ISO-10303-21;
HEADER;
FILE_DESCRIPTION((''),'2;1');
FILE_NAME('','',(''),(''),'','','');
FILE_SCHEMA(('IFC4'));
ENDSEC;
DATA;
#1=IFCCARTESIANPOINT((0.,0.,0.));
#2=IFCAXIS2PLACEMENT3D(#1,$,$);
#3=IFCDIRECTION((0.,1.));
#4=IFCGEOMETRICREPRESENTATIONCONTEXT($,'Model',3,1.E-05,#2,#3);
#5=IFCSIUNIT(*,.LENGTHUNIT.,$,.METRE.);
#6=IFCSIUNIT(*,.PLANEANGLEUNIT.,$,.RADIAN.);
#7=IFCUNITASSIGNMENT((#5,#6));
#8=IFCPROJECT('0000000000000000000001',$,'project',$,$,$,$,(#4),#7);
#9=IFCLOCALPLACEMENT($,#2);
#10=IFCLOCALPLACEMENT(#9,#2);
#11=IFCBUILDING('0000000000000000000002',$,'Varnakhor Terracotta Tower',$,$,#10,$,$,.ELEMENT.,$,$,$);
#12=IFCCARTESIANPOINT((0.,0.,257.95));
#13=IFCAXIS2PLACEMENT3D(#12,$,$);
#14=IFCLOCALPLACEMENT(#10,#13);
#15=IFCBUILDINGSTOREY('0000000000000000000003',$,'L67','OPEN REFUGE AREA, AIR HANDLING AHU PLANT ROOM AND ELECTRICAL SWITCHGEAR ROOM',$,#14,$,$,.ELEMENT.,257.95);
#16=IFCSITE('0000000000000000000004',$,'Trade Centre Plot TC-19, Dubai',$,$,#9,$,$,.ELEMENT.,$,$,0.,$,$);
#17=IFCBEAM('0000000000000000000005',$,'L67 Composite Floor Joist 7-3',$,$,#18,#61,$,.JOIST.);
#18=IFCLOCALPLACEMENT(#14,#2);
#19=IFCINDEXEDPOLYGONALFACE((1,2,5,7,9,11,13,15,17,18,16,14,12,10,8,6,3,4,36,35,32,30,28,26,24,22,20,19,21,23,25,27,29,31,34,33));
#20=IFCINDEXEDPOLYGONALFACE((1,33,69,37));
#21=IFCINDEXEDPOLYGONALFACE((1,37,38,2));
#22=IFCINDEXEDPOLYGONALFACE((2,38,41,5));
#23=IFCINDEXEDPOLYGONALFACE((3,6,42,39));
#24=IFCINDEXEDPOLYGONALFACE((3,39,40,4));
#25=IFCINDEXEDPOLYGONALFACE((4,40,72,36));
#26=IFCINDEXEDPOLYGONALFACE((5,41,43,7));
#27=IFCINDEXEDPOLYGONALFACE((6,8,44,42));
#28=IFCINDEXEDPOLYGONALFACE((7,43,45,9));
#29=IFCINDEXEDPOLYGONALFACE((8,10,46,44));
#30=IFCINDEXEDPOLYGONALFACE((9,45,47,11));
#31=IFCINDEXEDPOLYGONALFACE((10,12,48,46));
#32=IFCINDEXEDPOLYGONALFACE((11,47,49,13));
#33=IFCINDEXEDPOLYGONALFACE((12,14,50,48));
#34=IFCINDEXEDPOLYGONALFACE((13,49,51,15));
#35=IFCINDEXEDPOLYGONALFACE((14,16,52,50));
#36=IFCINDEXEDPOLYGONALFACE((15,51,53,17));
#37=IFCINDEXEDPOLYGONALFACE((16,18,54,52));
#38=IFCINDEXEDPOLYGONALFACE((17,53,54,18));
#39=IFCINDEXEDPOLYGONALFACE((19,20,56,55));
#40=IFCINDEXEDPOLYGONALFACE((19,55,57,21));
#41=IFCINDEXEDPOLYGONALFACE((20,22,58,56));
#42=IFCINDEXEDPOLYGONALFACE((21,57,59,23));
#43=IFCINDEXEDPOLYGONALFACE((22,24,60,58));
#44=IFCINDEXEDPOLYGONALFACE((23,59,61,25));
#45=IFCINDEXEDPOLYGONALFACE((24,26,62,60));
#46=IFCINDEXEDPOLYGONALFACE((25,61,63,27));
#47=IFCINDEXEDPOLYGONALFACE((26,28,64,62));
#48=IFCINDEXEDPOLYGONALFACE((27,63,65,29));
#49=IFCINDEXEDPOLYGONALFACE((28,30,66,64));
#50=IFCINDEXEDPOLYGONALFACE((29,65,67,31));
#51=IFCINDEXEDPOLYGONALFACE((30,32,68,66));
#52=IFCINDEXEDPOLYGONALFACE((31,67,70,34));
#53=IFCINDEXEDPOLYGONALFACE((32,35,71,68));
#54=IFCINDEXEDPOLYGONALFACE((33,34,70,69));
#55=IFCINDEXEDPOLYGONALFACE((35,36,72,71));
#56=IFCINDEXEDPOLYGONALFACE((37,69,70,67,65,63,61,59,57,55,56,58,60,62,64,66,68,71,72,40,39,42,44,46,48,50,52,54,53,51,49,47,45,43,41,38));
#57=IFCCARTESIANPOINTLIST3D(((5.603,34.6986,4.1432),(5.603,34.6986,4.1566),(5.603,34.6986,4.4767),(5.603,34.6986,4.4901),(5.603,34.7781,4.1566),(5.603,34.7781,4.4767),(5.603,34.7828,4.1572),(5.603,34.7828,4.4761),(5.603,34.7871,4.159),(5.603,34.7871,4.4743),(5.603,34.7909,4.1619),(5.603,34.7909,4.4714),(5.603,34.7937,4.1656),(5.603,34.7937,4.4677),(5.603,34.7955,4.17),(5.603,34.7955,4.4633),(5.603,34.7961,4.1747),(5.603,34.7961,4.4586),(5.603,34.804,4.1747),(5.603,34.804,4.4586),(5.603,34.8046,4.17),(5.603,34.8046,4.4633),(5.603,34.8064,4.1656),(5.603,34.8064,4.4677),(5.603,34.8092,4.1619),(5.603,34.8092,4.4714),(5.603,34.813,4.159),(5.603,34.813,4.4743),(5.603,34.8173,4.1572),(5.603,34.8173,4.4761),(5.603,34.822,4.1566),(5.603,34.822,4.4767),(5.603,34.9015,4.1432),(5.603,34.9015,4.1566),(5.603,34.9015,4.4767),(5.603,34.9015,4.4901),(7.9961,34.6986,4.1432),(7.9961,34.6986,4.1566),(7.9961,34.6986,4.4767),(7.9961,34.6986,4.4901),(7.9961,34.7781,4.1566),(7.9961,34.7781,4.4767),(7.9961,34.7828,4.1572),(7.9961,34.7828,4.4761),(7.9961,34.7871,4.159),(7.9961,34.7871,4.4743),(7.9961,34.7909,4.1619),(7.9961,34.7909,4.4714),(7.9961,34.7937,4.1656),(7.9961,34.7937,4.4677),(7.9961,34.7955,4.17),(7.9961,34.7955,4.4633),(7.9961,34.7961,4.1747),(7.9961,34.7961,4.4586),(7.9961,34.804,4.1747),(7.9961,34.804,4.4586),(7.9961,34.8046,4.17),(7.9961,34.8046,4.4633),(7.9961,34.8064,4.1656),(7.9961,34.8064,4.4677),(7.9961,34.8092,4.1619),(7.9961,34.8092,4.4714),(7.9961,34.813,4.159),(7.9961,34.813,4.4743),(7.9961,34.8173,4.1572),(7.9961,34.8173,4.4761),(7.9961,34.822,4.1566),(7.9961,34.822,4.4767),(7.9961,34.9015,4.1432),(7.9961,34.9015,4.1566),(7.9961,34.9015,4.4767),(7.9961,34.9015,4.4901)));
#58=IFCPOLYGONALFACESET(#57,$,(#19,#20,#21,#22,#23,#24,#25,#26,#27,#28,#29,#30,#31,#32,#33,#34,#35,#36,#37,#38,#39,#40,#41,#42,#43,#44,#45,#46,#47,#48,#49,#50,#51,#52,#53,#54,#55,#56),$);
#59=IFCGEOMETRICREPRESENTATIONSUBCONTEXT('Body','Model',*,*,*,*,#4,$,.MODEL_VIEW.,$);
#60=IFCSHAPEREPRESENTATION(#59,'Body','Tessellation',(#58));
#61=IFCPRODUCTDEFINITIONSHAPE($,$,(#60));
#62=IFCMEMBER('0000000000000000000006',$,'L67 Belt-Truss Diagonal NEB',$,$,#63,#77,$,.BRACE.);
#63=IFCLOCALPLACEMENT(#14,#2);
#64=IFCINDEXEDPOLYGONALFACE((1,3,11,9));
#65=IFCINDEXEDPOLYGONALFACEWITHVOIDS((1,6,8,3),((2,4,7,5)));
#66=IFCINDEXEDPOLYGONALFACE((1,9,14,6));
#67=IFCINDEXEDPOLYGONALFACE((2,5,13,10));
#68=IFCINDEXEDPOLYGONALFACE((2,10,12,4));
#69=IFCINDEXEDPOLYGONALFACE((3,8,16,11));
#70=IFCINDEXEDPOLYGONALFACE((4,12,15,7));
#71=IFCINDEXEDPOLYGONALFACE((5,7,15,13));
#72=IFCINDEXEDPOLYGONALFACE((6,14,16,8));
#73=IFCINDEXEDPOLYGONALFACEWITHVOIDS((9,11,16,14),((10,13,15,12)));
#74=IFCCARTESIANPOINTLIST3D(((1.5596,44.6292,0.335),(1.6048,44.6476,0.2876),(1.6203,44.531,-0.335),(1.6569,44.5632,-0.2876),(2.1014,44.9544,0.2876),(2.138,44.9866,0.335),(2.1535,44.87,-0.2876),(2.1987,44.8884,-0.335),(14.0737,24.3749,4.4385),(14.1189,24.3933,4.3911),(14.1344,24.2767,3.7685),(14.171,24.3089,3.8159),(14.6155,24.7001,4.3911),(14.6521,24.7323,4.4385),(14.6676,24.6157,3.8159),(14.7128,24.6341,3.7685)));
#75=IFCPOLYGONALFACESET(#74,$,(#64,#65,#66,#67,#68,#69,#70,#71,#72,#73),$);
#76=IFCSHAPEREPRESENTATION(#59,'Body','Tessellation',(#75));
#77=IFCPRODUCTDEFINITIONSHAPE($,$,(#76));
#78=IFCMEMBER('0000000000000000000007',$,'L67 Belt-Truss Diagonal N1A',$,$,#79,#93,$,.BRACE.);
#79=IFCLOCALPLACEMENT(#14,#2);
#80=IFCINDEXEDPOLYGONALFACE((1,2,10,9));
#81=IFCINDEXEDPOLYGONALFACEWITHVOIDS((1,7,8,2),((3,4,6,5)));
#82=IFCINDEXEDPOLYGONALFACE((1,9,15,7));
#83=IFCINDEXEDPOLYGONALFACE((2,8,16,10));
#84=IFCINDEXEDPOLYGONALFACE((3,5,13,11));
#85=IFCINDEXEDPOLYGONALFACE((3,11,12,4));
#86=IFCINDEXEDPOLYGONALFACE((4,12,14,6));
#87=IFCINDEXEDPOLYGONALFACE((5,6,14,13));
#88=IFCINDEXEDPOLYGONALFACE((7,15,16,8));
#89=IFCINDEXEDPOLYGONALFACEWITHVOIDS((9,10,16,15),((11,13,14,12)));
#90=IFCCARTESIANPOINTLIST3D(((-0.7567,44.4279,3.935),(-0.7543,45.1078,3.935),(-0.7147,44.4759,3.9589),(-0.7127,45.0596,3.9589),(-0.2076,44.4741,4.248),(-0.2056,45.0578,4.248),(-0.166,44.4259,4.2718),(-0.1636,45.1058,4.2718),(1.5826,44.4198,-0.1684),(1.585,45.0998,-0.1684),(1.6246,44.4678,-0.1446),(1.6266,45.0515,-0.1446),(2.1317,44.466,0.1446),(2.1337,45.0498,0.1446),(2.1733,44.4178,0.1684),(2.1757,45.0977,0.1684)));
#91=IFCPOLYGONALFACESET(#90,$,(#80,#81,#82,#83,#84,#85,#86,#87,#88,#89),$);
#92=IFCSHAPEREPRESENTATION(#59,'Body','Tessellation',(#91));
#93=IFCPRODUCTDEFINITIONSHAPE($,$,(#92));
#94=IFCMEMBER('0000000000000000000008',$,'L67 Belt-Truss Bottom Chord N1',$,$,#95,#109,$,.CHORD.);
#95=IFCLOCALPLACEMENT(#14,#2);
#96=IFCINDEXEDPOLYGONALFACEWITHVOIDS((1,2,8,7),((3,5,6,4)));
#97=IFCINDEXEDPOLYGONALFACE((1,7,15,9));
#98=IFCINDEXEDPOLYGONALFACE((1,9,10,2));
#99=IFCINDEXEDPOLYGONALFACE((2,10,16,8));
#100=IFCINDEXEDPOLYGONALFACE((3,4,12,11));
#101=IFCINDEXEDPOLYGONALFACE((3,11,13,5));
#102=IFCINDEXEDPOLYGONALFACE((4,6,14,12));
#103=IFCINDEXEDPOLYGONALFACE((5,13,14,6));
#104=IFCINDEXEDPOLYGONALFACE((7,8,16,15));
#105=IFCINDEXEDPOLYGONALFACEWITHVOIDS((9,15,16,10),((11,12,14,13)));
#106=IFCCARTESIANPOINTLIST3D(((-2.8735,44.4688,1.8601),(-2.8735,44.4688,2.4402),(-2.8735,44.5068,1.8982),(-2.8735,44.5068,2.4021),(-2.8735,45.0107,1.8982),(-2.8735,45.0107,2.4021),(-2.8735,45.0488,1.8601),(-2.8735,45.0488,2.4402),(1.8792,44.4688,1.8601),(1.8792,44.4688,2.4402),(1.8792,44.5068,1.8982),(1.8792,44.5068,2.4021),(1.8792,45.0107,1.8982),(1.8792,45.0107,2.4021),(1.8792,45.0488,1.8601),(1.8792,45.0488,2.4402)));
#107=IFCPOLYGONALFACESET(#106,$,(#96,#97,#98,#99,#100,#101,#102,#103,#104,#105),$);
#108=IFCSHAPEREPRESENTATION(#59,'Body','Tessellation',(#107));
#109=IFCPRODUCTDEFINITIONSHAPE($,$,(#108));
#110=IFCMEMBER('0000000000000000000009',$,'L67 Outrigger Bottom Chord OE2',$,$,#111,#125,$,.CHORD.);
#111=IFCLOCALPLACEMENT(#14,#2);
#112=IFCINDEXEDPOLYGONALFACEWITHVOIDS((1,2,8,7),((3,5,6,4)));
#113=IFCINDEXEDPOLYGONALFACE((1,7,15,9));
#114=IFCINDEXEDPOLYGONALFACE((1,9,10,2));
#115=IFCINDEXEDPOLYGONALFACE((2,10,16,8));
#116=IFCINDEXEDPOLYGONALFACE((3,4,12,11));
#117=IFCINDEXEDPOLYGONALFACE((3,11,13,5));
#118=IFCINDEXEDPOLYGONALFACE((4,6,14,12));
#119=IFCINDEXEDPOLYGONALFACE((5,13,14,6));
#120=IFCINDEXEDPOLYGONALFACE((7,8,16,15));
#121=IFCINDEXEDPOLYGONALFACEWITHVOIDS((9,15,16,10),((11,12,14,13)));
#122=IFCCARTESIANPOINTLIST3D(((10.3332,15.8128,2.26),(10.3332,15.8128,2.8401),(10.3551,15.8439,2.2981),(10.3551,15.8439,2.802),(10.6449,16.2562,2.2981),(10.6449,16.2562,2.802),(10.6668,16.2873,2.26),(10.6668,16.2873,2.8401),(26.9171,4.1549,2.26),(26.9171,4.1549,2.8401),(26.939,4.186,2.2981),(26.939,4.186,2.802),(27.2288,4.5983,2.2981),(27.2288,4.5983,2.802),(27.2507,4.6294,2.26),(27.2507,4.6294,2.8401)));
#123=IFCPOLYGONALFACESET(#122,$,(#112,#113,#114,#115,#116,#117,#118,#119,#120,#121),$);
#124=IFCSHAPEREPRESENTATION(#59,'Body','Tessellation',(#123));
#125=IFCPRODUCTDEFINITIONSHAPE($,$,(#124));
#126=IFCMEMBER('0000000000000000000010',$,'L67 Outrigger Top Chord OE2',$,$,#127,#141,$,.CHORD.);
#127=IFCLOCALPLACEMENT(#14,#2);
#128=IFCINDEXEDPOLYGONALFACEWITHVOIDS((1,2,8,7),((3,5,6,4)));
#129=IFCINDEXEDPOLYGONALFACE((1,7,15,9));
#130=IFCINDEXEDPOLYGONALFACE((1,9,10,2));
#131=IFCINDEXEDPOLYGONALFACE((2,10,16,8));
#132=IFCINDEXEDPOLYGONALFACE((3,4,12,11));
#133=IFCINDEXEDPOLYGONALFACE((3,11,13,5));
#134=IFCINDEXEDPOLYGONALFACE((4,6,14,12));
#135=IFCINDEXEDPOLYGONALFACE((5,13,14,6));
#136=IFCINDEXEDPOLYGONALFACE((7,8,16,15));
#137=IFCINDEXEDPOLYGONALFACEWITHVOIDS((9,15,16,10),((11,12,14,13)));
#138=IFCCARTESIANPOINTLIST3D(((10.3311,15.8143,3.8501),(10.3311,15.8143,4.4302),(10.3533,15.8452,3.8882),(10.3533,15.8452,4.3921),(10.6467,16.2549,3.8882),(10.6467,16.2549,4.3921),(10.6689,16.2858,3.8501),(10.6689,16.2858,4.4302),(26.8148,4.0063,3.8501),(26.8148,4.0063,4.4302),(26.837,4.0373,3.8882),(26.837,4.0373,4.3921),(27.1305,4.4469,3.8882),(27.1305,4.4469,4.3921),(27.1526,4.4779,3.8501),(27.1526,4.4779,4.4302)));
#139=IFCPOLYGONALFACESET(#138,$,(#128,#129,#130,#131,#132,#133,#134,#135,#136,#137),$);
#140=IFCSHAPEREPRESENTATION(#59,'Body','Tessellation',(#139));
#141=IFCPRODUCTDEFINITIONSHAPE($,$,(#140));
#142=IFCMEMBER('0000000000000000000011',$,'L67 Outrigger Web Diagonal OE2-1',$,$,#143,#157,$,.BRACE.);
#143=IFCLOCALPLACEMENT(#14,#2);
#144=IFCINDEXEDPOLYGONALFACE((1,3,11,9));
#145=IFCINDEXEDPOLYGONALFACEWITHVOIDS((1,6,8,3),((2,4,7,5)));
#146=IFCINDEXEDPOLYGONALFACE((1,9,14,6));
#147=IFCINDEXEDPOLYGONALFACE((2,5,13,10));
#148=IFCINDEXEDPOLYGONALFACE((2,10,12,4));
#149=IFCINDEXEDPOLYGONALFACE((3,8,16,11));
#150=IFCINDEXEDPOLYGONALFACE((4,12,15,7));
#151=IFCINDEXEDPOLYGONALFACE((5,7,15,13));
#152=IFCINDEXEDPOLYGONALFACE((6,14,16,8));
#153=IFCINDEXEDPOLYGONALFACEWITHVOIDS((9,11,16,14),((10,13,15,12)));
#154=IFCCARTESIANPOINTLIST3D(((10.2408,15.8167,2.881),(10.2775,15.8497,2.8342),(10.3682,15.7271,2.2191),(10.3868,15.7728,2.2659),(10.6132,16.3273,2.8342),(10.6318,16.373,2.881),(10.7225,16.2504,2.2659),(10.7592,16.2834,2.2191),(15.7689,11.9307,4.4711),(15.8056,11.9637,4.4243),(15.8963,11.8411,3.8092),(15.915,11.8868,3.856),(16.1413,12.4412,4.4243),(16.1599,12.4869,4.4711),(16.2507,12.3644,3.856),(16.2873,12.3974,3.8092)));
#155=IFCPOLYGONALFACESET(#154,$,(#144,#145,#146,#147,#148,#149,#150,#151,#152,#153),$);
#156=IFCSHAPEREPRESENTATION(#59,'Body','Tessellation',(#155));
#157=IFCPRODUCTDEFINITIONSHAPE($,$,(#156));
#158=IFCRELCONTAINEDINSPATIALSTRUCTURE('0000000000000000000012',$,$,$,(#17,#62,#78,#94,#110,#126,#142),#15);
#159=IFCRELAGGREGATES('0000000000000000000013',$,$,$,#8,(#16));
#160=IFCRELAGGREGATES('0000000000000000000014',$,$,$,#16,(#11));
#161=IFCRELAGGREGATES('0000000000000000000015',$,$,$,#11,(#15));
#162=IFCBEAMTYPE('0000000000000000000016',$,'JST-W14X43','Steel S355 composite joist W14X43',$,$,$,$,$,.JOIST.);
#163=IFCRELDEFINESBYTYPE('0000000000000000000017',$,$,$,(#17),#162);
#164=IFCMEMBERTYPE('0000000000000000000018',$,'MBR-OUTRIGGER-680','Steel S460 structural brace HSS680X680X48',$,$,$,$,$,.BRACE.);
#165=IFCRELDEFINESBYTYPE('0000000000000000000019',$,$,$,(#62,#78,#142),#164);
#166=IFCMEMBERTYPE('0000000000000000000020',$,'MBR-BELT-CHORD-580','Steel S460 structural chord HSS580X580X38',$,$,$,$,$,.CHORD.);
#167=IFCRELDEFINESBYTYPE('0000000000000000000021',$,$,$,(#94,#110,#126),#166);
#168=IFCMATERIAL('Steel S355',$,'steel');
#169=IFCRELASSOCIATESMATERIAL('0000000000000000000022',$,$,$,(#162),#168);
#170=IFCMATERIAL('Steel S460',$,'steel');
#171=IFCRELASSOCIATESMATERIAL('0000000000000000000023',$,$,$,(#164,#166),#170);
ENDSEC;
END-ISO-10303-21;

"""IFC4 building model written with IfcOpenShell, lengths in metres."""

from ifc_helpers import new_model, si_unit, direction, frame, origin, origin_2d, place, context, subcontext, project, spatial, hollow_rectangle, i_section, extrude, source, transform, mapped, material, material_profile, profile_set, type_object, element, save


model = new_model("IFC4")

# Units and contexts
model_context = context("Model", 3, precision=1e-05, world=origin(), true_north=direction((0.0, 1.0)))
body_context = subcontext(model_context, "Body", "Model", "MODEL_VIEW")
ifc_project = project(units=[si_unit("LENGTHUNIT", "METRE"), si_unit("PLANEANGLEUNIT", "RADIAN")], contexts=[model_context])

# Site, building, storey
site_placement = place(None, origin())
site = spatial("IfcSite", under=ifc_project, at=site_placement, Name="Trade Centre Plot TC-19, Dubai", CompositionType="ELEMENT", RefElevation=0.0)
building_placement = place(site_placement, origin())
building = spatial("IfcBuilding", under=site, at=building_placement, Name="Varnakhor Terracotta Tower", CompositionType="ELEMENT")
storey_placement = place(building_placement, frame((0.0, 0.0, 257.95)))
storey = spatial("IfcBuildingStorey", under=building, at=storey_placement, Name="L67", Description="OPEN REFUGE AREA, AIR HANDLING AHU PLANT ROOM AND ELECTRICAL SWITCHGEAR ROOM", CompositionType="ELEMENT", Elevation=257.95)

# Shared definitions
ifc_material_1 = material(Name="Steel S460", Category="steel")

# Beam
ifc_material_2 = material(Name="Steel S355", Category="steel")
ifc_material_profile_1 = material_profile(ifc_material_2, i_section(OverallWidth=0.2029, OverallDepth=0.3469, WebThickness=0.0078, FlangeThickness=0.0134, FilletRadius=0.0181, at=origin_2d()), Name="W14X43")
ifc_profile_set_1 = profile_set([ifc_material_profile_1], Name="Steel S355")
beam_type_1 = type_object("IfcBeamType", Name="JST-W14X43", Description="Steel S355 composite joist W14X43", PredefinedType="JOIST", material=ifc_profile_set_1)
shared_shape_1 = source(origin(), body_context, "Body", "SweptSolid", [
    extrude(i_section(OverallWidth=0.2029, OverallDepth=0.3469, WebThickness=0.0078, FlangeThickness=0.0134, FilletRadius=0.0181, at=origin_2d()), origin(), (0.0, 0.0, 1.0), 2.3931),
])
beam_1_placement = place(storey_placement, frame((5.603, 34.8, 4.3167), z_axis=(1.0, 0.0, 0.0), x_axis=(0.0, 1.0, 0.0)))
element("IfcBeam", 1, at=beam_1_placement, inside=storey, type_object=beam_type_1, Name="L67 Composite Floor Joist 7-3", PredefinedType="JOIST", context=body_context, shape_type="MappedRepresentation", body=[
    mapped(shared_shape_1, transform((0.0, 0.0, 0.0), scale=1.0)),
])

# Members
ifc_material_profile_2 = material_profile(ifc_material_1, hollow_rectangle(XDim=0.6799, YDim=0.6799, WallThickness=0.0481, at=origin_2d()), Name="HSS680X680X48")
ifc_profile_set_2 = profile_set([ifc_material_profile_2], Name="Steel S460")
member_type_1 = type_object("IfcMemberType", Name="MBR-OUTRIGGER-680", Description="Steel S460 structural brace HSS680X680X48", PredefinedType="BRACE", material=ifc_profile_set_2)
shared_shape_2 = source(origin(), body_context, "Body", "SweptSolid", [
    extrude(hollow_rectangle(XDim=0.6799, YDim=0.6799, WallThickness=0.0481, at=origin_2d()), origin(), (0.0, 0.0, 1.0), 24.1594),
])
member_1_placement = place(storey_placement, frame((1.8792, 44.7588, 0.0), z_axis=(0.51798, -0.83836, 0.169851), x_axis=(0.850721, 0.525617, 0.0)))
element("IfcMember", 2, at=member_1_placement, inside=storey, type_object=member_type_1, Name="L67 Belt-Truss Diagonal NEB", PredefinedType="BRACE", context=body_context, shape_type="MappedRepresentation", body=[
    mapped(shared_shape_2, transform((0.0, 0.0, 0.0), scale=1.0)),
])
shared_shape_3 = source(origin(), body_context, "Body", "SweptSolid", [
    extrude(hollow_rectangle(XDim=0.6799, YDim=0.6799, WallThickness=0.0481, at=origin_2d()), origin(), (0.0, 0.0, 1.0), 4.7234),
])
member_2_placement = place(storey_placement, frame((1.8792, 44.7588, 0.0), z_axis=(-0.495258, 0.001706, 0.868744), x_axis=(-0.003444, -0.999994, 0.0)))
element("IfcMember", 3, at=member_2_placement, inside=storey, type_object=member_type_1, Name="L67 Belt-Truss Diagonal N1A", PredefinedType="BRACE", context=body_context, shape_type="MappedRepresentation", body=[
    mapped(shared_shape_3, transform((0.0, 0.0, 0.0), scale=1.0)),
])
ifc_material_profile_3 = material_profile(ifc_material_1, hollow_rectangle(XDim=0.5801, YDim=0.5801, WallThickness=0.0381, at=origin_2d()), Name="HSS580X580X38")
ifc_profile_set_3 = profile_set([ifc_material_profile_3], Name="Steel S460")
member_type_2 = type_object("IfcMemberType", Name="MBR-BELT-CHORD-580", Description="Steel S460 structural chord HSS580X580X38", PredefinedType="CHORD", material=ifc_profile_set_3)
shared_shape_4 = source(origin(), body_context, "Body", "SweptSolid", [
    extrude(hollow_rectangle(XDim=0.5801, YDim=0.5801, WallThickness=0.0381, at=origin_2d()), origin(), (0.0, 0.0, 1.0), 4.7527),
])
member_3_placement = place(storey_placement, frame((1.8792, 44.7588, 2.1501), z_axis=(-1.0, 0.0, 0.0), x_axis=(0.0, -1.0, 0.0)))
element("IfcMember", 4, at=member_3_placement, inside=storey, type_object=member_type_2, Name="L67 Belt-Truss Bottom Chord N1", PredefinedType="CHORD", context=body_context, shape_type="MappedRepresentation", body=[
    mapped(shared_shape_4, transform((0.0, 0.0, 0.0), scale=1.0)),
])
shared_shape_5 = source(origin(), body_context, "Body", "SweptSolid", [
    extrude(hollow_rectangle(XDim=0.5801, YDim=0.5801, WallThickness=0.0381, at=origin_2d()), origin(), (0.0, 0.0, 1.0), 20.2715),
])
member_4_placement = place(storey_placement, frame((10.5, 16.05, 2.55), z_axis=(0.818091, -0.575089, 0.0), x_axis=(0.575089, 0.818091, 0.0)))
element("IfcMember", 5, at=member_4_placement, inside=storey, type_object=member_type_2, Name="L67 Outrigger Bottom Chord OE2", PredefinedType="CHORD", context=body_context, shape_type="MappedRepresentation", body=[
    mapped(shared_shape_5, transform((0.0, 0.0, 0.0), scale=1.0)),
])
shared_shape_6 = source(origin(), body_context, "Body", "SweptSolid", [
    extrude(hollow_rectangle(XDim=0.5801, YDim=0.5801, WallThickness=0.0381, at=origin_2d()), origin(), (0.0, 0.0, 1.0), 20.2766),
])
member_5_placement = place(storey_placement, frame((10.5, 16.05, 4.1401), z_axis=(0.812944, -0.582342, 0.0), x_axis=(0.582342, 0.812944, 0.0)))
element("IfcMember", 6, at=member_5_placement, inside=storey, type_object=member_type_2, Name="L67 Outrigger Top Chord OE2", PredefinedType="CHORD", context=body_context, shape_type="MappedRepresentation", body=[
    mapped(shared_shape_6, transform((0.0, 0.0, 0.0), scale=1.0)),
])
shared_shape_7 = source(origin(), body_context, "Body", "SweptSolid", [
    extrude(hollow_rectangle(XDim=0.6799, YDim=0.6799, WallThickness=0.0481, at=origin_2d()), origin(), (0.0, 0.0, 1.0), 6.9419),
])
member_6_placement = place(storey_placement, frame((10.5, 16.05, 2.55), z_axis=(0.796344, -0.559793, 0.229059), x_axis=(0.575083, 0.818095, 0.0)))
element("IfcMember", 7, at=member_6_placement, inside=storey, type_object=member_type_1, Name="L67 Outrigger Web Diagonal OE2-1", PredefinedType="BRACE", context=body_context, shape_type="MappedRepresentation", body=[
    mapped(shared_shape_7, transform((0.0, 0.0, 0.0), scale=1.0)),
])

save(model, "model.ifc")
